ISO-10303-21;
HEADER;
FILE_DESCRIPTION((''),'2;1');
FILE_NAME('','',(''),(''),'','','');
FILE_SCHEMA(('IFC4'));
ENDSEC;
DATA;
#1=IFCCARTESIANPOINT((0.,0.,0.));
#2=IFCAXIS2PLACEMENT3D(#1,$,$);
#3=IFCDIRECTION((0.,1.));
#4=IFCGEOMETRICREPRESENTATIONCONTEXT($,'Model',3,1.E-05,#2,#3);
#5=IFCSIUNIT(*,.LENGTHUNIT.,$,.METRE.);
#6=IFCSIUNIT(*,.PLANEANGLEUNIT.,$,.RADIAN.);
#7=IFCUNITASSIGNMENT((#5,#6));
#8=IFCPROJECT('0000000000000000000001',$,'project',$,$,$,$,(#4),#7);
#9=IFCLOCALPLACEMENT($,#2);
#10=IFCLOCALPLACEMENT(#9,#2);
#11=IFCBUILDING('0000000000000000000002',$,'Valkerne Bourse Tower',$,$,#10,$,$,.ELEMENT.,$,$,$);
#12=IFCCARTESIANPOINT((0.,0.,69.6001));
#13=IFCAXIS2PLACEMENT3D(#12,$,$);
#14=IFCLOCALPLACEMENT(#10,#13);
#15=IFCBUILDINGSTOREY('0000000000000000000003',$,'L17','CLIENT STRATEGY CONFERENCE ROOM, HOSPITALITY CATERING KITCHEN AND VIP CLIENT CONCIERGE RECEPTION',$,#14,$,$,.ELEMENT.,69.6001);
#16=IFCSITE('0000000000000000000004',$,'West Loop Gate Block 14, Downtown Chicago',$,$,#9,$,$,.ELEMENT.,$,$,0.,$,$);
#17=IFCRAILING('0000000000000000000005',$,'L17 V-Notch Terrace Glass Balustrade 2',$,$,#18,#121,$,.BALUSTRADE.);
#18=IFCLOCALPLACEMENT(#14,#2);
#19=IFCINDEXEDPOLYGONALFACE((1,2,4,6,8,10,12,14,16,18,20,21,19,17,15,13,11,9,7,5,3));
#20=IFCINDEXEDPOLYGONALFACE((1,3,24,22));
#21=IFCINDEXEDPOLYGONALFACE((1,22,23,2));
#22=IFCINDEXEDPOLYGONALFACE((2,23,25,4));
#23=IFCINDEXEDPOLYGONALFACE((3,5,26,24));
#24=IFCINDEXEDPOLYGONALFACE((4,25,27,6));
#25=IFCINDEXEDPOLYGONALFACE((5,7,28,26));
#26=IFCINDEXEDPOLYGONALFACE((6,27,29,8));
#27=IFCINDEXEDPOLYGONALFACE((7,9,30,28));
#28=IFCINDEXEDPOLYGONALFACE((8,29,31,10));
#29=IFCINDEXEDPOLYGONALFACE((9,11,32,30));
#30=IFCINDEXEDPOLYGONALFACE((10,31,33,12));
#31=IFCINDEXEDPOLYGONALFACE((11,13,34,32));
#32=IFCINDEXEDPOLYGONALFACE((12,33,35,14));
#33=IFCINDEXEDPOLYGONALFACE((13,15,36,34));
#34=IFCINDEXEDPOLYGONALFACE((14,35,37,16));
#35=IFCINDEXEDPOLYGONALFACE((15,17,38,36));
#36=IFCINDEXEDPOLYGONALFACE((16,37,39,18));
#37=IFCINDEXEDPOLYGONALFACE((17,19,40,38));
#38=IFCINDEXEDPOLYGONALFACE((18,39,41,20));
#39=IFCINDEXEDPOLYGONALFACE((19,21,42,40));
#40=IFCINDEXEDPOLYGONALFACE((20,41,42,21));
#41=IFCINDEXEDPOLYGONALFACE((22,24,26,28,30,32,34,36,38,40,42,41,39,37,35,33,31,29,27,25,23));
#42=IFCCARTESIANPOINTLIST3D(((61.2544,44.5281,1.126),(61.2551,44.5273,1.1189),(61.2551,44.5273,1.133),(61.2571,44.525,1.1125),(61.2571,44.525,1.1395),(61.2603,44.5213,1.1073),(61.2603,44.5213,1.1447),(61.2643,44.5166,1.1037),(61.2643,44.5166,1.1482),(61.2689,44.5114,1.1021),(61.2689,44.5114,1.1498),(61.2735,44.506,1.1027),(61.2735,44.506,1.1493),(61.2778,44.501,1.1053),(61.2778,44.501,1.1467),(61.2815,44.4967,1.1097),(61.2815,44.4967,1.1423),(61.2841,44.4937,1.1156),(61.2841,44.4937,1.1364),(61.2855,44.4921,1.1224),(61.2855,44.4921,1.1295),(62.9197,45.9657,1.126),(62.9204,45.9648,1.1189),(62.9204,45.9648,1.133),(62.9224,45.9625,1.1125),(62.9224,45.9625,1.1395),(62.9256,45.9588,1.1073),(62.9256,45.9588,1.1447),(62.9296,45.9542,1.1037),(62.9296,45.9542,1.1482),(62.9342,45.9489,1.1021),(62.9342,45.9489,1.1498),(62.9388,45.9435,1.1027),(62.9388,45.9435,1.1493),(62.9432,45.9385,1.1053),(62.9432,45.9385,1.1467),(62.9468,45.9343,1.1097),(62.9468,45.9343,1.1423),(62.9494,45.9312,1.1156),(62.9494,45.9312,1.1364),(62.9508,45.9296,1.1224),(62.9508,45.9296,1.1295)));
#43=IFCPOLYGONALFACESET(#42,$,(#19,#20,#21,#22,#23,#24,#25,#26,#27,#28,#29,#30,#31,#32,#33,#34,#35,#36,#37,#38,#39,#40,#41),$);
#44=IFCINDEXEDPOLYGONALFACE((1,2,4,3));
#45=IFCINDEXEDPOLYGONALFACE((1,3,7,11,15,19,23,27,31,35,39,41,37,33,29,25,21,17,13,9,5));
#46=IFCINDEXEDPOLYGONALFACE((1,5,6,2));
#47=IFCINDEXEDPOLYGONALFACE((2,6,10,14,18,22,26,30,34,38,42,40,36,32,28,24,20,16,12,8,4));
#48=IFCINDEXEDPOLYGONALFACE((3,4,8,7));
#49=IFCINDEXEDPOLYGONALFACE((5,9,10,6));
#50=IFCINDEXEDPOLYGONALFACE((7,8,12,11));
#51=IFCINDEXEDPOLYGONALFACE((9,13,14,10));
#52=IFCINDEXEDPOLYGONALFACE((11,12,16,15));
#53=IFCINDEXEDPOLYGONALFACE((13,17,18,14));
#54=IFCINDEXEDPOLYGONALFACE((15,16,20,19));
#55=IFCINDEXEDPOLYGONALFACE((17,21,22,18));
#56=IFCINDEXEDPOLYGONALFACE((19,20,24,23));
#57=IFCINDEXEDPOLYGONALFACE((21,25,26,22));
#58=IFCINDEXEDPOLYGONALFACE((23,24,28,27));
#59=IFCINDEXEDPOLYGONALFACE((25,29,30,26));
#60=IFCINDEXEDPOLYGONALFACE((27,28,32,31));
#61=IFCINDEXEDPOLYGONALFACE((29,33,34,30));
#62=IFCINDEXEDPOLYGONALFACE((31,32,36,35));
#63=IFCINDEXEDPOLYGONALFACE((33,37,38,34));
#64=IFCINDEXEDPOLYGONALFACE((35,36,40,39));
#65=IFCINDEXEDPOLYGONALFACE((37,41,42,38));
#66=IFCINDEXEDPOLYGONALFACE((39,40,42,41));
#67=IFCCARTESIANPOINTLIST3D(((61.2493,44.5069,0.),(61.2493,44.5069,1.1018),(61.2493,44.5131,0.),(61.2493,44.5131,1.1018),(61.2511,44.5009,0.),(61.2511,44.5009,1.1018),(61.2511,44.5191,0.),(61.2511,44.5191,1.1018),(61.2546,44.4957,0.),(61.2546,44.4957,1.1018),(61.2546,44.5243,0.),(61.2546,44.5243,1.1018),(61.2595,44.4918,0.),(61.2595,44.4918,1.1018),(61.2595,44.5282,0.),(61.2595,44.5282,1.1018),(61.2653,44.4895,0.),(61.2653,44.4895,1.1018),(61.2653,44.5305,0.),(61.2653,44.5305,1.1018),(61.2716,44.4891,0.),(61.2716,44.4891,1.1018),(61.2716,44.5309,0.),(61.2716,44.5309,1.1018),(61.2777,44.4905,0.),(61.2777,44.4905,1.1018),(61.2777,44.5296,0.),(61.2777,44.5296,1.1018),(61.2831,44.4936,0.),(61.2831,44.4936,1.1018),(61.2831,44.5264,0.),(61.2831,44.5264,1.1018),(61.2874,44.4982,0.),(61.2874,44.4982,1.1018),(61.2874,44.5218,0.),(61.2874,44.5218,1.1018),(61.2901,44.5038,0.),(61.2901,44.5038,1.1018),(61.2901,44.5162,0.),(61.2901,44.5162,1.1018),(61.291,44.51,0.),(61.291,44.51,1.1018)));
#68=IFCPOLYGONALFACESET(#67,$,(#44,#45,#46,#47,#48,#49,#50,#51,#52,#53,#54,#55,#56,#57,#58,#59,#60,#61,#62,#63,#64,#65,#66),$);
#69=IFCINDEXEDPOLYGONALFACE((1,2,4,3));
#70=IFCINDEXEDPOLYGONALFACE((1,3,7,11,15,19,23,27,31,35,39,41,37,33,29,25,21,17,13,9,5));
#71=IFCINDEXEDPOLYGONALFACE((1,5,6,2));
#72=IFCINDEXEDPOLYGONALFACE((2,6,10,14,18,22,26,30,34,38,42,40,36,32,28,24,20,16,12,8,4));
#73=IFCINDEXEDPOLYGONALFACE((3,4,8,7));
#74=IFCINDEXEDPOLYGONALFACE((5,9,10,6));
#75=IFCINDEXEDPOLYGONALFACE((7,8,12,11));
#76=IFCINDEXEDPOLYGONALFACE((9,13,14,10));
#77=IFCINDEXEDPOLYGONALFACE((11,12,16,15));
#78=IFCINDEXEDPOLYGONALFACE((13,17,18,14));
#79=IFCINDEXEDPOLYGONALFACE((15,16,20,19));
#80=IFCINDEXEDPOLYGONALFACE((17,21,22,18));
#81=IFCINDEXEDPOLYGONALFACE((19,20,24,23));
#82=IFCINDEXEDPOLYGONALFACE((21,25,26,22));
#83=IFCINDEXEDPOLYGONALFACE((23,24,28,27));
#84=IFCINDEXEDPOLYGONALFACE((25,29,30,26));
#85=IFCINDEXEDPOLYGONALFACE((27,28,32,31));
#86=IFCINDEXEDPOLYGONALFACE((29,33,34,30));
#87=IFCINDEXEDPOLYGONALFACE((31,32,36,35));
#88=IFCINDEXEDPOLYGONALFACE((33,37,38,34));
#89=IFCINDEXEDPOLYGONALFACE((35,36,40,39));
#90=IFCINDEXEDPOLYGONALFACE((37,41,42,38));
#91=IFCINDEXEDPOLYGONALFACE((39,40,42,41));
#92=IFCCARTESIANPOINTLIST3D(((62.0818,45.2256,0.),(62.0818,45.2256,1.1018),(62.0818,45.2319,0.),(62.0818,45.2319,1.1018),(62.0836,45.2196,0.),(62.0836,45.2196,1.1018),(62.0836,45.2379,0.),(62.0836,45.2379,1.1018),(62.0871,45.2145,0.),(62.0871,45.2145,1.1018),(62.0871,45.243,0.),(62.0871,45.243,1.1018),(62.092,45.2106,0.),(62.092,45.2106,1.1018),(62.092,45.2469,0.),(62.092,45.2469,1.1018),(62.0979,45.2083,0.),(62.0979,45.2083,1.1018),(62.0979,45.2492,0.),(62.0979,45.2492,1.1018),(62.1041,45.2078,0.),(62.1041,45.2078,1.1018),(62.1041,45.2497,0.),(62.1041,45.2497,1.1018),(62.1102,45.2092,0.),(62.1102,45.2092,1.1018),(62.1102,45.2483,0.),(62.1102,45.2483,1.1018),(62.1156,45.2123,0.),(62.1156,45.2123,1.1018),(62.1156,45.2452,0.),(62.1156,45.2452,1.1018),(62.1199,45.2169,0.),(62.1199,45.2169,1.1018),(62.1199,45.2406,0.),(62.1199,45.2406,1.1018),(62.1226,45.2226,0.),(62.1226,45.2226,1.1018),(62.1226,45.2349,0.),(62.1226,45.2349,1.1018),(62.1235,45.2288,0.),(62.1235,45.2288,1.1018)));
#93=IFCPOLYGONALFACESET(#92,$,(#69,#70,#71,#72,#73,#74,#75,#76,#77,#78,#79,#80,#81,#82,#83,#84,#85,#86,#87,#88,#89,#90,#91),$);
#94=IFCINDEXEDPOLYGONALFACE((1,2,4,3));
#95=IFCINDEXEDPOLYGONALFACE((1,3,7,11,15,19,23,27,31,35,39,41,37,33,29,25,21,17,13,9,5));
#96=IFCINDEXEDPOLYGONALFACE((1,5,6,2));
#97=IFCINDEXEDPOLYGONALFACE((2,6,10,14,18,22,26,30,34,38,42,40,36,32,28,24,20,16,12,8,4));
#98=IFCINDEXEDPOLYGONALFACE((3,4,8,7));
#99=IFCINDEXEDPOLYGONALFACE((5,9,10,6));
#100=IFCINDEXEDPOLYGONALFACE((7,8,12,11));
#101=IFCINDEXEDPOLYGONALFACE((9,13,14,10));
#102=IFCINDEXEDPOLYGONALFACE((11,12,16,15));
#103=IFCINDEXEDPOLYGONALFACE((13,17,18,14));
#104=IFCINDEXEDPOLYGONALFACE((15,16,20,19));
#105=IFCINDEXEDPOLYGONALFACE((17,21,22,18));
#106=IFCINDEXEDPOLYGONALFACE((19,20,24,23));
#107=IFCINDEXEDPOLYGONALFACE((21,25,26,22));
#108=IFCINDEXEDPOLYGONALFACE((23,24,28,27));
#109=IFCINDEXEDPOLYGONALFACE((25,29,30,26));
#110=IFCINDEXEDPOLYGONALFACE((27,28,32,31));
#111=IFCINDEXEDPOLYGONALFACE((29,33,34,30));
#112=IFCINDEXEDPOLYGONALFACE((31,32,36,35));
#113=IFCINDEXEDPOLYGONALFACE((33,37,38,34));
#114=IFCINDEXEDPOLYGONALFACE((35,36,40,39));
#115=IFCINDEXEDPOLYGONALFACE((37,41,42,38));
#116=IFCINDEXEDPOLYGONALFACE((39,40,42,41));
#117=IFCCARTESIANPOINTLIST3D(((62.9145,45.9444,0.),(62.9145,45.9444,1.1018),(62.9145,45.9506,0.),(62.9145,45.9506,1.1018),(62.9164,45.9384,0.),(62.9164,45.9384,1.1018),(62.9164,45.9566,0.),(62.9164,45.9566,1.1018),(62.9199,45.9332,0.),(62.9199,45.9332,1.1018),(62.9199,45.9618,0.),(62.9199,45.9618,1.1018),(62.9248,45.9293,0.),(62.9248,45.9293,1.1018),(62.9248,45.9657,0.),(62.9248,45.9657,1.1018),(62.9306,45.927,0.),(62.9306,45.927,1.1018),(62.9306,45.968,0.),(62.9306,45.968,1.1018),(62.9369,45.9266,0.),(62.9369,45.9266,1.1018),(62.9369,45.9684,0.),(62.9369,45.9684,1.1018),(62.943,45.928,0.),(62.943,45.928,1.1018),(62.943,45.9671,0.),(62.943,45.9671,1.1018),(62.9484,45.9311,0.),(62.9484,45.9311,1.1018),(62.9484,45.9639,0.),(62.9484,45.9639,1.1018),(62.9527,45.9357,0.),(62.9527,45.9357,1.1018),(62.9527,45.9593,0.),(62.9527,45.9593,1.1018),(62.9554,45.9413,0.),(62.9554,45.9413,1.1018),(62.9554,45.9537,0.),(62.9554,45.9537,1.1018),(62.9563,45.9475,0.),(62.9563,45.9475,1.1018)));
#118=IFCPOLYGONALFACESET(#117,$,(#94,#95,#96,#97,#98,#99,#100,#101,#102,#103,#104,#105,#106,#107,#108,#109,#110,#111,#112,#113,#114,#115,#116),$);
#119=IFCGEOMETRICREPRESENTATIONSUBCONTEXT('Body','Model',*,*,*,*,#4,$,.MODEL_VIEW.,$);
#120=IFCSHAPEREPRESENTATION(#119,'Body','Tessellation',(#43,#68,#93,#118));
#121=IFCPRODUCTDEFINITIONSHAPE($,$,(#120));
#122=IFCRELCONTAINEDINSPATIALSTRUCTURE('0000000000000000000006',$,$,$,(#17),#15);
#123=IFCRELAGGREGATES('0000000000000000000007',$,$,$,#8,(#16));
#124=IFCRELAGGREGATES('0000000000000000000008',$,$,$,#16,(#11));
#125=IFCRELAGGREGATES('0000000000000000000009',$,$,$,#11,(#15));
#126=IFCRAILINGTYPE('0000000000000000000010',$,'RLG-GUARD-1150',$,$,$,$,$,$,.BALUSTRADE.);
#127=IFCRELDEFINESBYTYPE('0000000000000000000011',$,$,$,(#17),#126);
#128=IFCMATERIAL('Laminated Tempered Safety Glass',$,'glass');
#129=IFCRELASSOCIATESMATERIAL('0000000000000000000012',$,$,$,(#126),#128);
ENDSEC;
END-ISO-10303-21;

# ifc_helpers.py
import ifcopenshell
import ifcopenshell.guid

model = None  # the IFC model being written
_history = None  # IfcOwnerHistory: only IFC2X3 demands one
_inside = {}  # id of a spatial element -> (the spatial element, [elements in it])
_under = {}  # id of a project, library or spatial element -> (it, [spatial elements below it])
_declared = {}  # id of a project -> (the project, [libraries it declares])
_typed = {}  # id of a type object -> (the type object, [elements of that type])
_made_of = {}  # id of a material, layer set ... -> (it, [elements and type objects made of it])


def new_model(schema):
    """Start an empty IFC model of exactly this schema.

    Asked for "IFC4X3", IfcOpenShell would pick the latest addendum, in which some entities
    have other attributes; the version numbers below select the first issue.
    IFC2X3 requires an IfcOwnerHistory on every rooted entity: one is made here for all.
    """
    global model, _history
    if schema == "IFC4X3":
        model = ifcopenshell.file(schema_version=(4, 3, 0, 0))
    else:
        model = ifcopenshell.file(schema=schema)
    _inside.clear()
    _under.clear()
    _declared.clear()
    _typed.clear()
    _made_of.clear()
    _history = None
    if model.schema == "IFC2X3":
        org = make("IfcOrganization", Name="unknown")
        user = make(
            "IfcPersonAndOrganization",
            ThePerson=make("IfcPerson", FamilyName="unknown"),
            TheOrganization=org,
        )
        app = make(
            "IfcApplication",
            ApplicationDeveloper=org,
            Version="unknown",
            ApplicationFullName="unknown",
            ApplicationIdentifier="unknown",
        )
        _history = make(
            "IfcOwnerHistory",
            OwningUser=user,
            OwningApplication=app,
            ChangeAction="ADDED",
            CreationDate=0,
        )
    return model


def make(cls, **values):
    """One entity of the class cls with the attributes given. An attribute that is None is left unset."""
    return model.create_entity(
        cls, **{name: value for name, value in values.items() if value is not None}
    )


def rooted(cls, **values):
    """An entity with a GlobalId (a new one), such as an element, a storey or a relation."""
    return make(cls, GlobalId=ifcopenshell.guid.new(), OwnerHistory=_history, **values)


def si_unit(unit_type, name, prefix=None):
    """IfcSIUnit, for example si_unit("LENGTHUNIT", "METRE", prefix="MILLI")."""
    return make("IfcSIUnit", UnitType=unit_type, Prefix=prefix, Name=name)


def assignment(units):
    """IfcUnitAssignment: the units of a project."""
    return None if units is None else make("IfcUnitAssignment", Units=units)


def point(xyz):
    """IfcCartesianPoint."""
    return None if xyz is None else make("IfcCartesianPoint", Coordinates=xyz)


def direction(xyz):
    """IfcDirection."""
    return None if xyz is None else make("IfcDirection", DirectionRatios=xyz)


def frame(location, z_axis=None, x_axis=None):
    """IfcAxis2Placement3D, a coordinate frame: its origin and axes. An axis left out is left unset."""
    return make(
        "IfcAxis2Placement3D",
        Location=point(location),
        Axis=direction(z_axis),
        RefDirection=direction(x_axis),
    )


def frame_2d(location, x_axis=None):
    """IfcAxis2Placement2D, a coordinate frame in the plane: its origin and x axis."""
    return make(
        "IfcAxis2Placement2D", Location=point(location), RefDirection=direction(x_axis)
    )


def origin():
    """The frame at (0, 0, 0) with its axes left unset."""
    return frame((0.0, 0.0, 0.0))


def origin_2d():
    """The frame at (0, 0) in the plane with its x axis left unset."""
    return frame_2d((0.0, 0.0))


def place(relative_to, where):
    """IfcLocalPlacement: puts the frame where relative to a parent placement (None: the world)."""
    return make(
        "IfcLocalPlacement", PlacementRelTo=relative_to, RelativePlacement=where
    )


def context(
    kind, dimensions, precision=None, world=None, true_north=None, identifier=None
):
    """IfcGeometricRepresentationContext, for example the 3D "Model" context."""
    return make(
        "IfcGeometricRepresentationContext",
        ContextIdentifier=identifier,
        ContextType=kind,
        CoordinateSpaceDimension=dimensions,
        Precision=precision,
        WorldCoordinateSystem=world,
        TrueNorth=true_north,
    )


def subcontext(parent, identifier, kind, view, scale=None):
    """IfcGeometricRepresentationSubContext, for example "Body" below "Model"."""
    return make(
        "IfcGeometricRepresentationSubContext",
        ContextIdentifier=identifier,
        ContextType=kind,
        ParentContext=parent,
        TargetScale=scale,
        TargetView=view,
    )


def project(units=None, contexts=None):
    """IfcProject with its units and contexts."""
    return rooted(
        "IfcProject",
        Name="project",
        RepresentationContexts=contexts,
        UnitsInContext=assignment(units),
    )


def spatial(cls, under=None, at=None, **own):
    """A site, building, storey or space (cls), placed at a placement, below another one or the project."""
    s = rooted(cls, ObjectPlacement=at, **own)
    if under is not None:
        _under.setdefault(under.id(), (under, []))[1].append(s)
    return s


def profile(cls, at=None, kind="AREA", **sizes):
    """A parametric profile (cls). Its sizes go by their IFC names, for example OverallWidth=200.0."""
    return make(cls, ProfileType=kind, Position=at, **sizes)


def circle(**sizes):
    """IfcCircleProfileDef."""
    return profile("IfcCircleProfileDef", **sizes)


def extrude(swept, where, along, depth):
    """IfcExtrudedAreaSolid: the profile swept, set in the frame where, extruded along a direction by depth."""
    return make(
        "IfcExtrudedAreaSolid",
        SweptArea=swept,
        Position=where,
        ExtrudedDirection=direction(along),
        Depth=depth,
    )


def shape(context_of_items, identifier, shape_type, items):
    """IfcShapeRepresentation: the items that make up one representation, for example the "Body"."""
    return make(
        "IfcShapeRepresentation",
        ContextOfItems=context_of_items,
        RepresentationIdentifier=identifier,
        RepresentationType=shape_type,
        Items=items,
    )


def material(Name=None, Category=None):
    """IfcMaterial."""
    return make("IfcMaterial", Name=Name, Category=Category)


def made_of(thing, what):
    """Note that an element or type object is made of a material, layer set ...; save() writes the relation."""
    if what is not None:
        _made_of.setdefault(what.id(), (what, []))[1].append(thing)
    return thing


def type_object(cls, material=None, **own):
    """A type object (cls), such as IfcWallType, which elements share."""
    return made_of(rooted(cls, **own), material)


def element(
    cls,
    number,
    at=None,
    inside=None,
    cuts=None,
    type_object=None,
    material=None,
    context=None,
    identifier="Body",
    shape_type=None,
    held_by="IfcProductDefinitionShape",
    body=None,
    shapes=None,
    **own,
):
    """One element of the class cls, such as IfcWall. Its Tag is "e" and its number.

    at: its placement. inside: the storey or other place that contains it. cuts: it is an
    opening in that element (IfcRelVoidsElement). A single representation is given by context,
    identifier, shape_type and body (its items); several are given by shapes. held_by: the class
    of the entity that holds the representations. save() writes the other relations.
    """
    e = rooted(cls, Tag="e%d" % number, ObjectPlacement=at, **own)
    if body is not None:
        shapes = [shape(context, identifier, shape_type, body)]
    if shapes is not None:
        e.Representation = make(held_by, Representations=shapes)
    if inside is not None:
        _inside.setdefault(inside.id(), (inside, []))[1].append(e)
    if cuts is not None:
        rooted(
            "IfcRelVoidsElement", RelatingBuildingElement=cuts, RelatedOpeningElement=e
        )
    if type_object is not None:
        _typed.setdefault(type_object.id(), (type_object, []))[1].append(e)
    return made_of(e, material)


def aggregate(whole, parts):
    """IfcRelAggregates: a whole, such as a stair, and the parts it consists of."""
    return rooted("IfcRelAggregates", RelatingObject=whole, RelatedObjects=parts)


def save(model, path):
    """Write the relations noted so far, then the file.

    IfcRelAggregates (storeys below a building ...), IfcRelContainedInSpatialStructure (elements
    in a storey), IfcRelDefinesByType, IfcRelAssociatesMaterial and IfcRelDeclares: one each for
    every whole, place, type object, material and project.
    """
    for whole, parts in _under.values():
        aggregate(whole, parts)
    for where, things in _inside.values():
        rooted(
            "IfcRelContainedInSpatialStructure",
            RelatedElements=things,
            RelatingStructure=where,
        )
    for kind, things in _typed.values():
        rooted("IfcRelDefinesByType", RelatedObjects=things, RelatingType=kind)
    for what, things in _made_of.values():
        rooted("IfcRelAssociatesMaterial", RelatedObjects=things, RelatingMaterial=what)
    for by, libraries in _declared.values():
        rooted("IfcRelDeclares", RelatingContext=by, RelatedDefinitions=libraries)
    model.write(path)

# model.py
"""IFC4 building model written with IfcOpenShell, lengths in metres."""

from ifc_helpers import new_model, si_unit, direction, frame, origin, origin_2d, place, context, subcontext, project, spatial, circle, extrude, material, type_object, element, save


model = new_model("IFC4")

# Units and contexts
model_context = context("Model", 3, precision=1e-05, world=origin(), true_north=direction((0.0, 1.0)))
body_context = subcontext(model_context, "Body", "Model", "MODEL_VIEW")
ifc_project = project(units=[si_unit("LENGTHUNIT", "METRE"), si_unit("PLANEANGLEUNIT", "RADIAN")], contexts=[model_context])

# Site, building, storey
site_placement = place(None, origin())
site = spatial("IfcSite", under=ifc_project, at=site_placement, Name="West Loop Gate Block 14, Downtown Chicago", CompositionType="ELEMENT", RefElevation=0.0)
building_placement = place(site_placement, origin())
building = spatial("IfcBuilding", under=site, at=building_placement, Name="Valkerne Bourse Tower", CompositionType="ELEMENT")
storey_placement = place(building_placement, frame((0.0, 0.0, 69.6001)))
storey = spatial("IfcBuildingStorey", under=building, at=storey_placement, Name="L17", Description="CLIENT STRATEGY CONFERENCE ROOM, HOSPITALITY CATERING KITCHEN AND VIP CLIENT CONCIERGE RECEPTION", CompositionType="ELEMENT", Elevation=69.6001)

# Railing
ifc_material_1 = material(Name="Laminated Tempered Safety Glass", Category="glass")
railing_type = type_object("IfcRailingType", Name="RLG-GUARD-1150", PredefinedType="BALUSTRADE", material=ifc_material_1)
railing_1_placement = place(storey_placement, frame((61.27, 44.51, 0.0)))
element("IfcRailing", 1, at=railing_1_placement, inside=storey, type_object=railing_type, Name="L17 V-Notch Terrace Glass Balustrade 2", PredefinedType="BALUSTRADE", context=body_context, shape_type="SweptSolid", body=[
    extrude(circle(Radius=0.0239, at=origin_2d()), frame((0.0, 0.0, 1.126), z_axis=(0.75698, 0.653438, 0.0), x_axis=(-0.653438, 0.75698, 0.0)), (0.0, 0.0, 1.0), 2.2),
    extrude(circle(Radius=0.021, at=origin_2d()), origin(), (0.0, 0.0, 1.0), 1.1018),
    extrude(circle(Radius=0.021, at=origin_2d()), frame((0.8325, 0.7188, 0.0)), (0.0, 0.0, 1.0), 1.1018),
    extrude(circle(Radius=0.021, at=origin_2d()), frame((1.6653, 1.4375, 0.0)), (0.0, 0.0, 1.0), 1.1018),
])

save(model, "model.ifc")
